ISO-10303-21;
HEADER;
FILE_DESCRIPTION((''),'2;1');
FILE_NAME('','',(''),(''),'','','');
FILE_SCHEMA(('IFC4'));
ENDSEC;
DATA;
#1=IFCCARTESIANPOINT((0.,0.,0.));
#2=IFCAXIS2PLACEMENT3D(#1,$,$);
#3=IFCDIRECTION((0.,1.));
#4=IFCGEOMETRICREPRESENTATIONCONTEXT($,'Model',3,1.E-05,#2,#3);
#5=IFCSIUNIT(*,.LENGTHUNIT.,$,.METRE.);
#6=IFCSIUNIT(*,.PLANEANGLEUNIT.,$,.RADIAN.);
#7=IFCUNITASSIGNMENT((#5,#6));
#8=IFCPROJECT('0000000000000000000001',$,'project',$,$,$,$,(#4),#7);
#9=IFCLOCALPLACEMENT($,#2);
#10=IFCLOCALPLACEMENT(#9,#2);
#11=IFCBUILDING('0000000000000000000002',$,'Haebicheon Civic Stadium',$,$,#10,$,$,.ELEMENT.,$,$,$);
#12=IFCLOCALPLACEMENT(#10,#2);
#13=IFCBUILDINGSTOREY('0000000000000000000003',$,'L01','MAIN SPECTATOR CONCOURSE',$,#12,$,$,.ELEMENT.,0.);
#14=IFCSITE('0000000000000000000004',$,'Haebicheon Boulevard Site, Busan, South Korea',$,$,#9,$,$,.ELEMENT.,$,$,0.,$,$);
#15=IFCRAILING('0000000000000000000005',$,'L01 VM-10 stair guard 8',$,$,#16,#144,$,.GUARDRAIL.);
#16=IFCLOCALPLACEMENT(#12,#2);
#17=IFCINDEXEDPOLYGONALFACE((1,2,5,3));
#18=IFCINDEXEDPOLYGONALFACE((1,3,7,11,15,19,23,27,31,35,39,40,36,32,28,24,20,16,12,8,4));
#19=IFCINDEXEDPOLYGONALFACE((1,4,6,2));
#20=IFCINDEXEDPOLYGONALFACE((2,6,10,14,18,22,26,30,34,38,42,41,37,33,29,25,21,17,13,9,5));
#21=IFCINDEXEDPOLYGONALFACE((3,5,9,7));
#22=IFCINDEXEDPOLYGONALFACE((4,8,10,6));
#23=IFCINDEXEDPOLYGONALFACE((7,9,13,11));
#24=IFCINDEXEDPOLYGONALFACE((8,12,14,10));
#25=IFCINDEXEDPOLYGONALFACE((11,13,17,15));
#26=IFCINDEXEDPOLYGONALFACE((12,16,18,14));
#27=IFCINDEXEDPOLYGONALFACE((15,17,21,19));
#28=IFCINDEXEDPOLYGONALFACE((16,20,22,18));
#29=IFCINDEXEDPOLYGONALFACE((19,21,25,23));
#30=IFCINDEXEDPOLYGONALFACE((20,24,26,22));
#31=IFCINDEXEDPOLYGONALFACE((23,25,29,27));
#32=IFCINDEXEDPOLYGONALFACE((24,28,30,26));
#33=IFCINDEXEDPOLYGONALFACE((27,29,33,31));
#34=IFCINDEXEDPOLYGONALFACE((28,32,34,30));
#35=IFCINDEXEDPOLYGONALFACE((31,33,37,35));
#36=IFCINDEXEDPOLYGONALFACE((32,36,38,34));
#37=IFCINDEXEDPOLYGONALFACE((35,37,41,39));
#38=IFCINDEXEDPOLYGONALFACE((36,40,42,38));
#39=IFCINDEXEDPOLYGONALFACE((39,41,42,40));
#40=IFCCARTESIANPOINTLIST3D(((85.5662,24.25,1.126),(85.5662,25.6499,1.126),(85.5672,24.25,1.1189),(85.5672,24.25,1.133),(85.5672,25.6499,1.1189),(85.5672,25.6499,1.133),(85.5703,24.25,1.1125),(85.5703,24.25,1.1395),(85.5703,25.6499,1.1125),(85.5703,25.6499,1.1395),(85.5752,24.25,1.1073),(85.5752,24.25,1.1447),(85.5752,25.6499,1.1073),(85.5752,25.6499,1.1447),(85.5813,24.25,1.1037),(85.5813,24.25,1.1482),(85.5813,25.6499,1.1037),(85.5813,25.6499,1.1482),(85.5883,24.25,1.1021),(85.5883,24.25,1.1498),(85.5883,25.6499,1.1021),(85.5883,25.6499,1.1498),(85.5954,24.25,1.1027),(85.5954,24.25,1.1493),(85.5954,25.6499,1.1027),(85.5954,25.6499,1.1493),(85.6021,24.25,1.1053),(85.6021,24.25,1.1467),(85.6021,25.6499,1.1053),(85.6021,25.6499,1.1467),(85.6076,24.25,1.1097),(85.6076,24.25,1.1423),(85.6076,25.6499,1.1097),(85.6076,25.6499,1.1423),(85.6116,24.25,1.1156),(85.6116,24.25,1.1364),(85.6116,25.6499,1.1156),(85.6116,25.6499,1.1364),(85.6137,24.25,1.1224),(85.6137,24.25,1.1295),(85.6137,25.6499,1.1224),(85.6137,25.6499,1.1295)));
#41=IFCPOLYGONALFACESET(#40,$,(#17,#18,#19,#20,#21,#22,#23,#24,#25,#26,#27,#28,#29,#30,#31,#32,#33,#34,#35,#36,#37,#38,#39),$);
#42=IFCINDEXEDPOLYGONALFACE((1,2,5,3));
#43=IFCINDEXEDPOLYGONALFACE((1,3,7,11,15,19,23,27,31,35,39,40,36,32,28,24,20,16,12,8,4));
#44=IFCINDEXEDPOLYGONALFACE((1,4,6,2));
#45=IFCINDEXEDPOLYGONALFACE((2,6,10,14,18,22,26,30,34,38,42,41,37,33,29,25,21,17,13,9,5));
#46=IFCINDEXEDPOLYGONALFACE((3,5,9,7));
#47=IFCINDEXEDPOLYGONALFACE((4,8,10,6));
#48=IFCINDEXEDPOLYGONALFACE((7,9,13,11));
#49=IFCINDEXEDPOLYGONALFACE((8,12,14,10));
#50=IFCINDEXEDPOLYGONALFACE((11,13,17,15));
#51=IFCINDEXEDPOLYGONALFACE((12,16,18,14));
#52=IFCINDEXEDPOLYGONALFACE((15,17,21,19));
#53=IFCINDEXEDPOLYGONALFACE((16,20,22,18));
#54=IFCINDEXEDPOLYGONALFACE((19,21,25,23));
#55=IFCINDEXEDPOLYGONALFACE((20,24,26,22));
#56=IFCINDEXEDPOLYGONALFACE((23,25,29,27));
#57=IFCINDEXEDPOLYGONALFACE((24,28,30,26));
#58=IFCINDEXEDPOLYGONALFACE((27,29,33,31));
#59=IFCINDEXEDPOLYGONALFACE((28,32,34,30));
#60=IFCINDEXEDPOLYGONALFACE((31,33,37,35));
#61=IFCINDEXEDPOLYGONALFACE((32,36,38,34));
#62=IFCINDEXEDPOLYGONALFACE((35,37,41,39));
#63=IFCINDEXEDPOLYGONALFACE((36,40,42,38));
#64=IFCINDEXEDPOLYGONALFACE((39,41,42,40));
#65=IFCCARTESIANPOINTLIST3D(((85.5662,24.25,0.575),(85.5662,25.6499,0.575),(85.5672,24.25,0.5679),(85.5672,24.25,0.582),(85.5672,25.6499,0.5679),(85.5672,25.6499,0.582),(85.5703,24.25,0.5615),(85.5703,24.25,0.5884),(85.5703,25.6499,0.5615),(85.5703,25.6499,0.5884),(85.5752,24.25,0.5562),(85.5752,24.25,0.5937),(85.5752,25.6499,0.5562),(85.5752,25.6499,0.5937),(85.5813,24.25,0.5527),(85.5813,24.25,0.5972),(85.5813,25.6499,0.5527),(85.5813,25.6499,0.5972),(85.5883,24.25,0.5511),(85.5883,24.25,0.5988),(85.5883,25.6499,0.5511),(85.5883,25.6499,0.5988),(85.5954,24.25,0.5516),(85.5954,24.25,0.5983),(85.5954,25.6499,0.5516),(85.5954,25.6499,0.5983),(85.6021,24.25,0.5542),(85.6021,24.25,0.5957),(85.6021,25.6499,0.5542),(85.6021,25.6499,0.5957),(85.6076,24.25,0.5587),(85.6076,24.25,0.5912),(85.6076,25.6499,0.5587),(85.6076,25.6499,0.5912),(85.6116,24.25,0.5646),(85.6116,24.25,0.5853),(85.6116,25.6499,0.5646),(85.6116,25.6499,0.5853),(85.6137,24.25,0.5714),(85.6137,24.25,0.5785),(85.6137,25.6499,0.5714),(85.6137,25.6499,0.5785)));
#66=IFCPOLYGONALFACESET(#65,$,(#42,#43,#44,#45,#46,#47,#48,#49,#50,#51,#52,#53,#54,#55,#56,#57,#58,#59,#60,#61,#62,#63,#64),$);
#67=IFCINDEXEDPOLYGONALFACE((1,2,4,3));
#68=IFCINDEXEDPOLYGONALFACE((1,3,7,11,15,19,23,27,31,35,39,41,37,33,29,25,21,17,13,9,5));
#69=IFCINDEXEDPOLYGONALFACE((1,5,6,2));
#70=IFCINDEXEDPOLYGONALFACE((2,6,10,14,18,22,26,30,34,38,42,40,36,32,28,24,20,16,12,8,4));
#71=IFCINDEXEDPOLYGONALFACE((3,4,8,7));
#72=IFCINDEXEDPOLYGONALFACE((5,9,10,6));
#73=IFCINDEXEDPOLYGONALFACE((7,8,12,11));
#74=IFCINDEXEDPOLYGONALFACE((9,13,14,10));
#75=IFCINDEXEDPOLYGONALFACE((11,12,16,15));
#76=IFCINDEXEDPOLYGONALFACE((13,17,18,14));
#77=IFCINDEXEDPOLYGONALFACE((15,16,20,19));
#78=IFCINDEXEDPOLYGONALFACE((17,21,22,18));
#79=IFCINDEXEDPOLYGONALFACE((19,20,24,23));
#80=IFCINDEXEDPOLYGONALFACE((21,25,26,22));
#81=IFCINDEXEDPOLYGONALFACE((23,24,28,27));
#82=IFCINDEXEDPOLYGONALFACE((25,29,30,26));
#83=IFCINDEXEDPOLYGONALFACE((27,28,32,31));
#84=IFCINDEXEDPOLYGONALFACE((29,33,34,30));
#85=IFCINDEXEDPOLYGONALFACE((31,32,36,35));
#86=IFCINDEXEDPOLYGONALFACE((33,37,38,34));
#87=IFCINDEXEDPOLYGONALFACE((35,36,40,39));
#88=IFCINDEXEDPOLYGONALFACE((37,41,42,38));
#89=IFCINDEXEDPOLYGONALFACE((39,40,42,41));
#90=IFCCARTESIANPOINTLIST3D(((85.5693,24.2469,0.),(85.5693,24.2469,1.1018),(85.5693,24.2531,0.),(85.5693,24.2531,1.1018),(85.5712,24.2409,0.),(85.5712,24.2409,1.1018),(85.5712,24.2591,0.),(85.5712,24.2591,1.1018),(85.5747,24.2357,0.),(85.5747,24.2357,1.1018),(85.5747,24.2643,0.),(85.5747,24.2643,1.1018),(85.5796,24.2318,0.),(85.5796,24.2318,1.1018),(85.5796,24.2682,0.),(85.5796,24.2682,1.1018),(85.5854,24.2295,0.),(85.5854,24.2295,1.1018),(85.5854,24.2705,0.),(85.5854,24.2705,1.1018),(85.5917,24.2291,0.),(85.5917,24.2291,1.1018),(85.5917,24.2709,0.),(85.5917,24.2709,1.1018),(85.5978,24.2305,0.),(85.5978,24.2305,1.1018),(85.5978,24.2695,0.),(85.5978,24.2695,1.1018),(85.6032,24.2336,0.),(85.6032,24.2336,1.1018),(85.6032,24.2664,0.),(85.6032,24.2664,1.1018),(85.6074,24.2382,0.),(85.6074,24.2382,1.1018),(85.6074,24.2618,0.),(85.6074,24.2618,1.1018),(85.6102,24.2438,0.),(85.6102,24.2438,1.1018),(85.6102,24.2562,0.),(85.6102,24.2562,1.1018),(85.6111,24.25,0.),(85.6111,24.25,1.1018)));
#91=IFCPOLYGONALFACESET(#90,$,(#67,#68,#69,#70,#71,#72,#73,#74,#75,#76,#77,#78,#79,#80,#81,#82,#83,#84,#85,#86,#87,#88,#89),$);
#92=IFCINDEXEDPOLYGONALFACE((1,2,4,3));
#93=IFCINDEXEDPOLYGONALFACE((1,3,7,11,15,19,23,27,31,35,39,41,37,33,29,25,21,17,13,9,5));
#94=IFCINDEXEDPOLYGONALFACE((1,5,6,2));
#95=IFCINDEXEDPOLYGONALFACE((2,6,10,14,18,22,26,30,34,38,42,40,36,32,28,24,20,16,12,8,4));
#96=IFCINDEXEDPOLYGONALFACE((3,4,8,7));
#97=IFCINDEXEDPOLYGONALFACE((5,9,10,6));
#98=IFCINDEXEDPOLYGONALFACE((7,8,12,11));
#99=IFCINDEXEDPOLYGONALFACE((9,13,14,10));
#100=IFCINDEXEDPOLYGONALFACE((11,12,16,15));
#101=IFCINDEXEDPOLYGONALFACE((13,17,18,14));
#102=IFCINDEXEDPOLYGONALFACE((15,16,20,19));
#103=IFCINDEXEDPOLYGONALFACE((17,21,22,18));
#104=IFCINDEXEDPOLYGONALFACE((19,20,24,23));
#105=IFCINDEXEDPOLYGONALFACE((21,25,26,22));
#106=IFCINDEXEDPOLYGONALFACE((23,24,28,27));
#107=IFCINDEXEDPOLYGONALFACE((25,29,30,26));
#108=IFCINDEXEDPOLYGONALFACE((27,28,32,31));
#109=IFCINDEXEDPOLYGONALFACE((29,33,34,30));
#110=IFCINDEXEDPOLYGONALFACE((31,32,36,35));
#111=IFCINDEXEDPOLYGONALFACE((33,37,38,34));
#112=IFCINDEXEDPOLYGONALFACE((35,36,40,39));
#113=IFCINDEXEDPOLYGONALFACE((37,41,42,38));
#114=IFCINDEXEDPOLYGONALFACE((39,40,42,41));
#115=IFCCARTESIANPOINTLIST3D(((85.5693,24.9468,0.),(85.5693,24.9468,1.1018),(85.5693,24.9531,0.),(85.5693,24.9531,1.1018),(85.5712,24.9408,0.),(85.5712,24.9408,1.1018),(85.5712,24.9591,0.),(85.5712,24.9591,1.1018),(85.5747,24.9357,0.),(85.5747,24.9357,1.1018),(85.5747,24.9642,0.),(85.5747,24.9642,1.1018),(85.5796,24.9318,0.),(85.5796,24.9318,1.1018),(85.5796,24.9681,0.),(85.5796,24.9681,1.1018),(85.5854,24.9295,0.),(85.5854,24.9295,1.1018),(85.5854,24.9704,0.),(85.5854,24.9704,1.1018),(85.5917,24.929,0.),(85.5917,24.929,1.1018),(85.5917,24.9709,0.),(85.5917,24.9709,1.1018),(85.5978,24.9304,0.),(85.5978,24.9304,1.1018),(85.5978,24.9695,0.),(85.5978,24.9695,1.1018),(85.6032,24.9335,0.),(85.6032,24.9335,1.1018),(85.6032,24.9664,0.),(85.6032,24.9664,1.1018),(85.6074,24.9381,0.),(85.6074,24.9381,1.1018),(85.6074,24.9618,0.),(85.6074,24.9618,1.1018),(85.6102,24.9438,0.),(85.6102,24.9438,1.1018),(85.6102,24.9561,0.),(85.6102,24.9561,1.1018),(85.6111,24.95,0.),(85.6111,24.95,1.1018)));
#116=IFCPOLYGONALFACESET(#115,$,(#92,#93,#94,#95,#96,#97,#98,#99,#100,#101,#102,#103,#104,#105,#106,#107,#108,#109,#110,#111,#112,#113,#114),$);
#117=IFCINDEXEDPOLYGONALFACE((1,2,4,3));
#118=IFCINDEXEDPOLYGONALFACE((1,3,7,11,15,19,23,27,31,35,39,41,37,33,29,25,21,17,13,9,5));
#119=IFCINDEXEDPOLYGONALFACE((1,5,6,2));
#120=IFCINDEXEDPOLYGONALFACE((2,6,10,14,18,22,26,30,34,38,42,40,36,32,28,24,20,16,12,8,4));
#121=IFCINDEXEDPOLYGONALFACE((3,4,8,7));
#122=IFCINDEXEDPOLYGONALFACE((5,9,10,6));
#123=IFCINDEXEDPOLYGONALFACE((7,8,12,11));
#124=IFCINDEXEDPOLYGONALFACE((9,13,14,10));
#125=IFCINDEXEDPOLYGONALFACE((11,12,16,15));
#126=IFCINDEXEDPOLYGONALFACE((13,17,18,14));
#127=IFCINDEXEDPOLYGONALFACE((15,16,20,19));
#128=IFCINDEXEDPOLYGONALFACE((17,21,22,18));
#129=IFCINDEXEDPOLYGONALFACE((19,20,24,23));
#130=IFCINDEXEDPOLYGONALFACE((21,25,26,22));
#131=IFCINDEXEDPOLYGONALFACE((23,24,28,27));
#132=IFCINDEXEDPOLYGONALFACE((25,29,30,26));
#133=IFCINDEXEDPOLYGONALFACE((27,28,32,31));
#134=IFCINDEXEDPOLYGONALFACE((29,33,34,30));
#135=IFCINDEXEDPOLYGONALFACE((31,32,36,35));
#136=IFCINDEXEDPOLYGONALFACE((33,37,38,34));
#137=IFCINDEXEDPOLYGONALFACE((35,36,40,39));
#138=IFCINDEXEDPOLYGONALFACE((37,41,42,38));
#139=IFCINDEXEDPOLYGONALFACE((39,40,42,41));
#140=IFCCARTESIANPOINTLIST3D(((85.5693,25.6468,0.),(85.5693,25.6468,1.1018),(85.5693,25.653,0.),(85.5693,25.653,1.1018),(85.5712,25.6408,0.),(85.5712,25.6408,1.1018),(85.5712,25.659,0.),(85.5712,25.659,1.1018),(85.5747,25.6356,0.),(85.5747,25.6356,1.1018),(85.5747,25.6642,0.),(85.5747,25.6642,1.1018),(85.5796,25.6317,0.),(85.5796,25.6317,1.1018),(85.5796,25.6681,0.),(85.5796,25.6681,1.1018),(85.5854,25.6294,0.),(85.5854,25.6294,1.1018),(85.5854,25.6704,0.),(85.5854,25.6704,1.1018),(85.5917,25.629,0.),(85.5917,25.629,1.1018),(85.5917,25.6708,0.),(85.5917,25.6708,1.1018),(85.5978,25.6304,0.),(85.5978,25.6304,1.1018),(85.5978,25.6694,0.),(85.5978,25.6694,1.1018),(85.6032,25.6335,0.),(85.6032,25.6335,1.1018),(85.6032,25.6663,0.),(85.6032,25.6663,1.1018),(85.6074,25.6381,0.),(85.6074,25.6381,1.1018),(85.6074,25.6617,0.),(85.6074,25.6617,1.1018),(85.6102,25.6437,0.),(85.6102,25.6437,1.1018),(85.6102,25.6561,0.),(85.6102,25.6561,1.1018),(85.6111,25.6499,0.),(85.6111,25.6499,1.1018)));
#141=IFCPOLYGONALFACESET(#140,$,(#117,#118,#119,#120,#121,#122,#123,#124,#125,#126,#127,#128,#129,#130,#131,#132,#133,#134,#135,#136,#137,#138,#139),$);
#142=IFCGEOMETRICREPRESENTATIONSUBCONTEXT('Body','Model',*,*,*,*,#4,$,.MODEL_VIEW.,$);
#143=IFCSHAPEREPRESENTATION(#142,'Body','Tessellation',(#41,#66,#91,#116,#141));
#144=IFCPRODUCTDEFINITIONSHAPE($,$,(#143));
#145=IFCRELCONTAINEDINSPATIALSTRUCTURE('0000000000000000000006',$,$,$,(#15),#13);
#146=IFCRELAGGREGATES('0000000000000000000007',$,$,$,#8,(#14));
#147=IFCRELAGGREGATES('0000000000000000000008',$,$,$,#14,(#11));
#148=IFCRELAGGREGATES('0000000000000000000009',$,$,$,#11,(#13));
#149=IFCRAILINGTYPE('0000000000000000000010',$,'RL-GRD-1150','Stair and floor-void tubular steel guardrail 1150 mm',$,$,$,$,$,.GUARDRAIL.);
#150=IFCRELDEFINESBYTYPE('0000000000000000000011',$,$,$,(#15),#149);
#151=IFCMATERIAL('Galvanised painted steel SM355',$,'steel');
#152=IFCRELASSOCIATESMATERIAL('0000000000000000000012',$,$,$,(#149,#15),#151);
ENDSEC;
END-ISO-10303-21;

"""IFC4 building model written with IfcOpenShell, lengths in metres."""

from ifc_helpers import new_model, si_unit, direction, frame, origin, origin_2d, place, context, subcontext, project, spatial, circle, extrude, material, type_object, element, save


model = new_model("IFC4")

# Units and contexts
model_context = context("Model", 3, precision=1e-05, world=origin(), true_north=direction((0.0, 1.0)))
body_context = subcontext(model_context, "Body", "Model", "MODEL_VIEW")
ifc_project = project(units=[si_unit("LENGTHUNIT", "METRE"), si_unit("PLANEANGLEUNIT", "RADIAN")], contexts=[model_context])

# Site, building, storey
site_placement = place(None, origin())
site = spatial("IfcSite", under=ifc_project, at=site_placement, Name="Haebicheon Boulevard Site, Busan, South Korea", CompositionType="ELEMENT", RefElevation=0.0)
building_placement = place(site_placement, origin())
building = spatial("IfcBuilding", under=site, at=building_placement, Name="Haebicheon Civic Stadium", CompositionType="ELEMENT")
storey_placement = place(building_placement, origin())
storey = spatial("IfcBuildingStorey", under=building, at=storey_placement, Name="L01", Description="MAIN SPECTATOR CONCOURSE", CompositionType="ELEMENT", Elevation=0.0)

# Railing
ifc_material_1 = material(Name="Galvanised painted steel SM355", Category="steel")
railing_type_1 = type_object("IfcRailingType", Name="RL-GRD-1150", Description="Stair and floor-void tubular steel guardrail 1150 mm", PredefinedType="GUARDRAIL", material=ifc_material_1)
for number, where, name in (
    (1, (85.5901, 24.25, 0.0), "L01 VM-10 stair guard 8"),
):
    element("IfcRailing", number, at=place(storey_placement, frame(where)), inside=storey, type_object=railing_type_1, material=ifc_material_1, Name=name, PredefinedType="GUARDRAIL", context=body_context, shape_type="SweptSolid", body=[
        extrude(circle(Radius=0.0239, at=origin_2d()), frame((0.0, 0.0, 1.126), z_axis=(0.0, 1.0, 0.0), x_axis=(-1.0, 0.0, 0.0)), (0.0, 0.0, 1.0), 1.3999),
        extrude(circle(Radius=0.0239, at=origin_2d()), frame((0.0, 0.0, 0.575), z_axis=(0.0, 1.0, 0.0), x_axis=(-1.0, 0.0, 0.0)), (0.0, 0.0, 1.0), 1.3999),
        extrude(circle(Radius=0.021, at=origin_2d()), origin(), (0.0, 0.0, 1.0), 1.1018),
        extrude(circle(Radius=0.021, at=origin_2d()), frame((0.0, 0.7, 0.0)), (0.0, 0.0, 1.0), 1.1018),
        extrude(circle(Radius=0.021, at=origin_2d()), frame((0.0, 1.3999, 0.0)), (0.0, 0.0, 1.0), 1.1018),
    ])

save(model, "model.ifc")
